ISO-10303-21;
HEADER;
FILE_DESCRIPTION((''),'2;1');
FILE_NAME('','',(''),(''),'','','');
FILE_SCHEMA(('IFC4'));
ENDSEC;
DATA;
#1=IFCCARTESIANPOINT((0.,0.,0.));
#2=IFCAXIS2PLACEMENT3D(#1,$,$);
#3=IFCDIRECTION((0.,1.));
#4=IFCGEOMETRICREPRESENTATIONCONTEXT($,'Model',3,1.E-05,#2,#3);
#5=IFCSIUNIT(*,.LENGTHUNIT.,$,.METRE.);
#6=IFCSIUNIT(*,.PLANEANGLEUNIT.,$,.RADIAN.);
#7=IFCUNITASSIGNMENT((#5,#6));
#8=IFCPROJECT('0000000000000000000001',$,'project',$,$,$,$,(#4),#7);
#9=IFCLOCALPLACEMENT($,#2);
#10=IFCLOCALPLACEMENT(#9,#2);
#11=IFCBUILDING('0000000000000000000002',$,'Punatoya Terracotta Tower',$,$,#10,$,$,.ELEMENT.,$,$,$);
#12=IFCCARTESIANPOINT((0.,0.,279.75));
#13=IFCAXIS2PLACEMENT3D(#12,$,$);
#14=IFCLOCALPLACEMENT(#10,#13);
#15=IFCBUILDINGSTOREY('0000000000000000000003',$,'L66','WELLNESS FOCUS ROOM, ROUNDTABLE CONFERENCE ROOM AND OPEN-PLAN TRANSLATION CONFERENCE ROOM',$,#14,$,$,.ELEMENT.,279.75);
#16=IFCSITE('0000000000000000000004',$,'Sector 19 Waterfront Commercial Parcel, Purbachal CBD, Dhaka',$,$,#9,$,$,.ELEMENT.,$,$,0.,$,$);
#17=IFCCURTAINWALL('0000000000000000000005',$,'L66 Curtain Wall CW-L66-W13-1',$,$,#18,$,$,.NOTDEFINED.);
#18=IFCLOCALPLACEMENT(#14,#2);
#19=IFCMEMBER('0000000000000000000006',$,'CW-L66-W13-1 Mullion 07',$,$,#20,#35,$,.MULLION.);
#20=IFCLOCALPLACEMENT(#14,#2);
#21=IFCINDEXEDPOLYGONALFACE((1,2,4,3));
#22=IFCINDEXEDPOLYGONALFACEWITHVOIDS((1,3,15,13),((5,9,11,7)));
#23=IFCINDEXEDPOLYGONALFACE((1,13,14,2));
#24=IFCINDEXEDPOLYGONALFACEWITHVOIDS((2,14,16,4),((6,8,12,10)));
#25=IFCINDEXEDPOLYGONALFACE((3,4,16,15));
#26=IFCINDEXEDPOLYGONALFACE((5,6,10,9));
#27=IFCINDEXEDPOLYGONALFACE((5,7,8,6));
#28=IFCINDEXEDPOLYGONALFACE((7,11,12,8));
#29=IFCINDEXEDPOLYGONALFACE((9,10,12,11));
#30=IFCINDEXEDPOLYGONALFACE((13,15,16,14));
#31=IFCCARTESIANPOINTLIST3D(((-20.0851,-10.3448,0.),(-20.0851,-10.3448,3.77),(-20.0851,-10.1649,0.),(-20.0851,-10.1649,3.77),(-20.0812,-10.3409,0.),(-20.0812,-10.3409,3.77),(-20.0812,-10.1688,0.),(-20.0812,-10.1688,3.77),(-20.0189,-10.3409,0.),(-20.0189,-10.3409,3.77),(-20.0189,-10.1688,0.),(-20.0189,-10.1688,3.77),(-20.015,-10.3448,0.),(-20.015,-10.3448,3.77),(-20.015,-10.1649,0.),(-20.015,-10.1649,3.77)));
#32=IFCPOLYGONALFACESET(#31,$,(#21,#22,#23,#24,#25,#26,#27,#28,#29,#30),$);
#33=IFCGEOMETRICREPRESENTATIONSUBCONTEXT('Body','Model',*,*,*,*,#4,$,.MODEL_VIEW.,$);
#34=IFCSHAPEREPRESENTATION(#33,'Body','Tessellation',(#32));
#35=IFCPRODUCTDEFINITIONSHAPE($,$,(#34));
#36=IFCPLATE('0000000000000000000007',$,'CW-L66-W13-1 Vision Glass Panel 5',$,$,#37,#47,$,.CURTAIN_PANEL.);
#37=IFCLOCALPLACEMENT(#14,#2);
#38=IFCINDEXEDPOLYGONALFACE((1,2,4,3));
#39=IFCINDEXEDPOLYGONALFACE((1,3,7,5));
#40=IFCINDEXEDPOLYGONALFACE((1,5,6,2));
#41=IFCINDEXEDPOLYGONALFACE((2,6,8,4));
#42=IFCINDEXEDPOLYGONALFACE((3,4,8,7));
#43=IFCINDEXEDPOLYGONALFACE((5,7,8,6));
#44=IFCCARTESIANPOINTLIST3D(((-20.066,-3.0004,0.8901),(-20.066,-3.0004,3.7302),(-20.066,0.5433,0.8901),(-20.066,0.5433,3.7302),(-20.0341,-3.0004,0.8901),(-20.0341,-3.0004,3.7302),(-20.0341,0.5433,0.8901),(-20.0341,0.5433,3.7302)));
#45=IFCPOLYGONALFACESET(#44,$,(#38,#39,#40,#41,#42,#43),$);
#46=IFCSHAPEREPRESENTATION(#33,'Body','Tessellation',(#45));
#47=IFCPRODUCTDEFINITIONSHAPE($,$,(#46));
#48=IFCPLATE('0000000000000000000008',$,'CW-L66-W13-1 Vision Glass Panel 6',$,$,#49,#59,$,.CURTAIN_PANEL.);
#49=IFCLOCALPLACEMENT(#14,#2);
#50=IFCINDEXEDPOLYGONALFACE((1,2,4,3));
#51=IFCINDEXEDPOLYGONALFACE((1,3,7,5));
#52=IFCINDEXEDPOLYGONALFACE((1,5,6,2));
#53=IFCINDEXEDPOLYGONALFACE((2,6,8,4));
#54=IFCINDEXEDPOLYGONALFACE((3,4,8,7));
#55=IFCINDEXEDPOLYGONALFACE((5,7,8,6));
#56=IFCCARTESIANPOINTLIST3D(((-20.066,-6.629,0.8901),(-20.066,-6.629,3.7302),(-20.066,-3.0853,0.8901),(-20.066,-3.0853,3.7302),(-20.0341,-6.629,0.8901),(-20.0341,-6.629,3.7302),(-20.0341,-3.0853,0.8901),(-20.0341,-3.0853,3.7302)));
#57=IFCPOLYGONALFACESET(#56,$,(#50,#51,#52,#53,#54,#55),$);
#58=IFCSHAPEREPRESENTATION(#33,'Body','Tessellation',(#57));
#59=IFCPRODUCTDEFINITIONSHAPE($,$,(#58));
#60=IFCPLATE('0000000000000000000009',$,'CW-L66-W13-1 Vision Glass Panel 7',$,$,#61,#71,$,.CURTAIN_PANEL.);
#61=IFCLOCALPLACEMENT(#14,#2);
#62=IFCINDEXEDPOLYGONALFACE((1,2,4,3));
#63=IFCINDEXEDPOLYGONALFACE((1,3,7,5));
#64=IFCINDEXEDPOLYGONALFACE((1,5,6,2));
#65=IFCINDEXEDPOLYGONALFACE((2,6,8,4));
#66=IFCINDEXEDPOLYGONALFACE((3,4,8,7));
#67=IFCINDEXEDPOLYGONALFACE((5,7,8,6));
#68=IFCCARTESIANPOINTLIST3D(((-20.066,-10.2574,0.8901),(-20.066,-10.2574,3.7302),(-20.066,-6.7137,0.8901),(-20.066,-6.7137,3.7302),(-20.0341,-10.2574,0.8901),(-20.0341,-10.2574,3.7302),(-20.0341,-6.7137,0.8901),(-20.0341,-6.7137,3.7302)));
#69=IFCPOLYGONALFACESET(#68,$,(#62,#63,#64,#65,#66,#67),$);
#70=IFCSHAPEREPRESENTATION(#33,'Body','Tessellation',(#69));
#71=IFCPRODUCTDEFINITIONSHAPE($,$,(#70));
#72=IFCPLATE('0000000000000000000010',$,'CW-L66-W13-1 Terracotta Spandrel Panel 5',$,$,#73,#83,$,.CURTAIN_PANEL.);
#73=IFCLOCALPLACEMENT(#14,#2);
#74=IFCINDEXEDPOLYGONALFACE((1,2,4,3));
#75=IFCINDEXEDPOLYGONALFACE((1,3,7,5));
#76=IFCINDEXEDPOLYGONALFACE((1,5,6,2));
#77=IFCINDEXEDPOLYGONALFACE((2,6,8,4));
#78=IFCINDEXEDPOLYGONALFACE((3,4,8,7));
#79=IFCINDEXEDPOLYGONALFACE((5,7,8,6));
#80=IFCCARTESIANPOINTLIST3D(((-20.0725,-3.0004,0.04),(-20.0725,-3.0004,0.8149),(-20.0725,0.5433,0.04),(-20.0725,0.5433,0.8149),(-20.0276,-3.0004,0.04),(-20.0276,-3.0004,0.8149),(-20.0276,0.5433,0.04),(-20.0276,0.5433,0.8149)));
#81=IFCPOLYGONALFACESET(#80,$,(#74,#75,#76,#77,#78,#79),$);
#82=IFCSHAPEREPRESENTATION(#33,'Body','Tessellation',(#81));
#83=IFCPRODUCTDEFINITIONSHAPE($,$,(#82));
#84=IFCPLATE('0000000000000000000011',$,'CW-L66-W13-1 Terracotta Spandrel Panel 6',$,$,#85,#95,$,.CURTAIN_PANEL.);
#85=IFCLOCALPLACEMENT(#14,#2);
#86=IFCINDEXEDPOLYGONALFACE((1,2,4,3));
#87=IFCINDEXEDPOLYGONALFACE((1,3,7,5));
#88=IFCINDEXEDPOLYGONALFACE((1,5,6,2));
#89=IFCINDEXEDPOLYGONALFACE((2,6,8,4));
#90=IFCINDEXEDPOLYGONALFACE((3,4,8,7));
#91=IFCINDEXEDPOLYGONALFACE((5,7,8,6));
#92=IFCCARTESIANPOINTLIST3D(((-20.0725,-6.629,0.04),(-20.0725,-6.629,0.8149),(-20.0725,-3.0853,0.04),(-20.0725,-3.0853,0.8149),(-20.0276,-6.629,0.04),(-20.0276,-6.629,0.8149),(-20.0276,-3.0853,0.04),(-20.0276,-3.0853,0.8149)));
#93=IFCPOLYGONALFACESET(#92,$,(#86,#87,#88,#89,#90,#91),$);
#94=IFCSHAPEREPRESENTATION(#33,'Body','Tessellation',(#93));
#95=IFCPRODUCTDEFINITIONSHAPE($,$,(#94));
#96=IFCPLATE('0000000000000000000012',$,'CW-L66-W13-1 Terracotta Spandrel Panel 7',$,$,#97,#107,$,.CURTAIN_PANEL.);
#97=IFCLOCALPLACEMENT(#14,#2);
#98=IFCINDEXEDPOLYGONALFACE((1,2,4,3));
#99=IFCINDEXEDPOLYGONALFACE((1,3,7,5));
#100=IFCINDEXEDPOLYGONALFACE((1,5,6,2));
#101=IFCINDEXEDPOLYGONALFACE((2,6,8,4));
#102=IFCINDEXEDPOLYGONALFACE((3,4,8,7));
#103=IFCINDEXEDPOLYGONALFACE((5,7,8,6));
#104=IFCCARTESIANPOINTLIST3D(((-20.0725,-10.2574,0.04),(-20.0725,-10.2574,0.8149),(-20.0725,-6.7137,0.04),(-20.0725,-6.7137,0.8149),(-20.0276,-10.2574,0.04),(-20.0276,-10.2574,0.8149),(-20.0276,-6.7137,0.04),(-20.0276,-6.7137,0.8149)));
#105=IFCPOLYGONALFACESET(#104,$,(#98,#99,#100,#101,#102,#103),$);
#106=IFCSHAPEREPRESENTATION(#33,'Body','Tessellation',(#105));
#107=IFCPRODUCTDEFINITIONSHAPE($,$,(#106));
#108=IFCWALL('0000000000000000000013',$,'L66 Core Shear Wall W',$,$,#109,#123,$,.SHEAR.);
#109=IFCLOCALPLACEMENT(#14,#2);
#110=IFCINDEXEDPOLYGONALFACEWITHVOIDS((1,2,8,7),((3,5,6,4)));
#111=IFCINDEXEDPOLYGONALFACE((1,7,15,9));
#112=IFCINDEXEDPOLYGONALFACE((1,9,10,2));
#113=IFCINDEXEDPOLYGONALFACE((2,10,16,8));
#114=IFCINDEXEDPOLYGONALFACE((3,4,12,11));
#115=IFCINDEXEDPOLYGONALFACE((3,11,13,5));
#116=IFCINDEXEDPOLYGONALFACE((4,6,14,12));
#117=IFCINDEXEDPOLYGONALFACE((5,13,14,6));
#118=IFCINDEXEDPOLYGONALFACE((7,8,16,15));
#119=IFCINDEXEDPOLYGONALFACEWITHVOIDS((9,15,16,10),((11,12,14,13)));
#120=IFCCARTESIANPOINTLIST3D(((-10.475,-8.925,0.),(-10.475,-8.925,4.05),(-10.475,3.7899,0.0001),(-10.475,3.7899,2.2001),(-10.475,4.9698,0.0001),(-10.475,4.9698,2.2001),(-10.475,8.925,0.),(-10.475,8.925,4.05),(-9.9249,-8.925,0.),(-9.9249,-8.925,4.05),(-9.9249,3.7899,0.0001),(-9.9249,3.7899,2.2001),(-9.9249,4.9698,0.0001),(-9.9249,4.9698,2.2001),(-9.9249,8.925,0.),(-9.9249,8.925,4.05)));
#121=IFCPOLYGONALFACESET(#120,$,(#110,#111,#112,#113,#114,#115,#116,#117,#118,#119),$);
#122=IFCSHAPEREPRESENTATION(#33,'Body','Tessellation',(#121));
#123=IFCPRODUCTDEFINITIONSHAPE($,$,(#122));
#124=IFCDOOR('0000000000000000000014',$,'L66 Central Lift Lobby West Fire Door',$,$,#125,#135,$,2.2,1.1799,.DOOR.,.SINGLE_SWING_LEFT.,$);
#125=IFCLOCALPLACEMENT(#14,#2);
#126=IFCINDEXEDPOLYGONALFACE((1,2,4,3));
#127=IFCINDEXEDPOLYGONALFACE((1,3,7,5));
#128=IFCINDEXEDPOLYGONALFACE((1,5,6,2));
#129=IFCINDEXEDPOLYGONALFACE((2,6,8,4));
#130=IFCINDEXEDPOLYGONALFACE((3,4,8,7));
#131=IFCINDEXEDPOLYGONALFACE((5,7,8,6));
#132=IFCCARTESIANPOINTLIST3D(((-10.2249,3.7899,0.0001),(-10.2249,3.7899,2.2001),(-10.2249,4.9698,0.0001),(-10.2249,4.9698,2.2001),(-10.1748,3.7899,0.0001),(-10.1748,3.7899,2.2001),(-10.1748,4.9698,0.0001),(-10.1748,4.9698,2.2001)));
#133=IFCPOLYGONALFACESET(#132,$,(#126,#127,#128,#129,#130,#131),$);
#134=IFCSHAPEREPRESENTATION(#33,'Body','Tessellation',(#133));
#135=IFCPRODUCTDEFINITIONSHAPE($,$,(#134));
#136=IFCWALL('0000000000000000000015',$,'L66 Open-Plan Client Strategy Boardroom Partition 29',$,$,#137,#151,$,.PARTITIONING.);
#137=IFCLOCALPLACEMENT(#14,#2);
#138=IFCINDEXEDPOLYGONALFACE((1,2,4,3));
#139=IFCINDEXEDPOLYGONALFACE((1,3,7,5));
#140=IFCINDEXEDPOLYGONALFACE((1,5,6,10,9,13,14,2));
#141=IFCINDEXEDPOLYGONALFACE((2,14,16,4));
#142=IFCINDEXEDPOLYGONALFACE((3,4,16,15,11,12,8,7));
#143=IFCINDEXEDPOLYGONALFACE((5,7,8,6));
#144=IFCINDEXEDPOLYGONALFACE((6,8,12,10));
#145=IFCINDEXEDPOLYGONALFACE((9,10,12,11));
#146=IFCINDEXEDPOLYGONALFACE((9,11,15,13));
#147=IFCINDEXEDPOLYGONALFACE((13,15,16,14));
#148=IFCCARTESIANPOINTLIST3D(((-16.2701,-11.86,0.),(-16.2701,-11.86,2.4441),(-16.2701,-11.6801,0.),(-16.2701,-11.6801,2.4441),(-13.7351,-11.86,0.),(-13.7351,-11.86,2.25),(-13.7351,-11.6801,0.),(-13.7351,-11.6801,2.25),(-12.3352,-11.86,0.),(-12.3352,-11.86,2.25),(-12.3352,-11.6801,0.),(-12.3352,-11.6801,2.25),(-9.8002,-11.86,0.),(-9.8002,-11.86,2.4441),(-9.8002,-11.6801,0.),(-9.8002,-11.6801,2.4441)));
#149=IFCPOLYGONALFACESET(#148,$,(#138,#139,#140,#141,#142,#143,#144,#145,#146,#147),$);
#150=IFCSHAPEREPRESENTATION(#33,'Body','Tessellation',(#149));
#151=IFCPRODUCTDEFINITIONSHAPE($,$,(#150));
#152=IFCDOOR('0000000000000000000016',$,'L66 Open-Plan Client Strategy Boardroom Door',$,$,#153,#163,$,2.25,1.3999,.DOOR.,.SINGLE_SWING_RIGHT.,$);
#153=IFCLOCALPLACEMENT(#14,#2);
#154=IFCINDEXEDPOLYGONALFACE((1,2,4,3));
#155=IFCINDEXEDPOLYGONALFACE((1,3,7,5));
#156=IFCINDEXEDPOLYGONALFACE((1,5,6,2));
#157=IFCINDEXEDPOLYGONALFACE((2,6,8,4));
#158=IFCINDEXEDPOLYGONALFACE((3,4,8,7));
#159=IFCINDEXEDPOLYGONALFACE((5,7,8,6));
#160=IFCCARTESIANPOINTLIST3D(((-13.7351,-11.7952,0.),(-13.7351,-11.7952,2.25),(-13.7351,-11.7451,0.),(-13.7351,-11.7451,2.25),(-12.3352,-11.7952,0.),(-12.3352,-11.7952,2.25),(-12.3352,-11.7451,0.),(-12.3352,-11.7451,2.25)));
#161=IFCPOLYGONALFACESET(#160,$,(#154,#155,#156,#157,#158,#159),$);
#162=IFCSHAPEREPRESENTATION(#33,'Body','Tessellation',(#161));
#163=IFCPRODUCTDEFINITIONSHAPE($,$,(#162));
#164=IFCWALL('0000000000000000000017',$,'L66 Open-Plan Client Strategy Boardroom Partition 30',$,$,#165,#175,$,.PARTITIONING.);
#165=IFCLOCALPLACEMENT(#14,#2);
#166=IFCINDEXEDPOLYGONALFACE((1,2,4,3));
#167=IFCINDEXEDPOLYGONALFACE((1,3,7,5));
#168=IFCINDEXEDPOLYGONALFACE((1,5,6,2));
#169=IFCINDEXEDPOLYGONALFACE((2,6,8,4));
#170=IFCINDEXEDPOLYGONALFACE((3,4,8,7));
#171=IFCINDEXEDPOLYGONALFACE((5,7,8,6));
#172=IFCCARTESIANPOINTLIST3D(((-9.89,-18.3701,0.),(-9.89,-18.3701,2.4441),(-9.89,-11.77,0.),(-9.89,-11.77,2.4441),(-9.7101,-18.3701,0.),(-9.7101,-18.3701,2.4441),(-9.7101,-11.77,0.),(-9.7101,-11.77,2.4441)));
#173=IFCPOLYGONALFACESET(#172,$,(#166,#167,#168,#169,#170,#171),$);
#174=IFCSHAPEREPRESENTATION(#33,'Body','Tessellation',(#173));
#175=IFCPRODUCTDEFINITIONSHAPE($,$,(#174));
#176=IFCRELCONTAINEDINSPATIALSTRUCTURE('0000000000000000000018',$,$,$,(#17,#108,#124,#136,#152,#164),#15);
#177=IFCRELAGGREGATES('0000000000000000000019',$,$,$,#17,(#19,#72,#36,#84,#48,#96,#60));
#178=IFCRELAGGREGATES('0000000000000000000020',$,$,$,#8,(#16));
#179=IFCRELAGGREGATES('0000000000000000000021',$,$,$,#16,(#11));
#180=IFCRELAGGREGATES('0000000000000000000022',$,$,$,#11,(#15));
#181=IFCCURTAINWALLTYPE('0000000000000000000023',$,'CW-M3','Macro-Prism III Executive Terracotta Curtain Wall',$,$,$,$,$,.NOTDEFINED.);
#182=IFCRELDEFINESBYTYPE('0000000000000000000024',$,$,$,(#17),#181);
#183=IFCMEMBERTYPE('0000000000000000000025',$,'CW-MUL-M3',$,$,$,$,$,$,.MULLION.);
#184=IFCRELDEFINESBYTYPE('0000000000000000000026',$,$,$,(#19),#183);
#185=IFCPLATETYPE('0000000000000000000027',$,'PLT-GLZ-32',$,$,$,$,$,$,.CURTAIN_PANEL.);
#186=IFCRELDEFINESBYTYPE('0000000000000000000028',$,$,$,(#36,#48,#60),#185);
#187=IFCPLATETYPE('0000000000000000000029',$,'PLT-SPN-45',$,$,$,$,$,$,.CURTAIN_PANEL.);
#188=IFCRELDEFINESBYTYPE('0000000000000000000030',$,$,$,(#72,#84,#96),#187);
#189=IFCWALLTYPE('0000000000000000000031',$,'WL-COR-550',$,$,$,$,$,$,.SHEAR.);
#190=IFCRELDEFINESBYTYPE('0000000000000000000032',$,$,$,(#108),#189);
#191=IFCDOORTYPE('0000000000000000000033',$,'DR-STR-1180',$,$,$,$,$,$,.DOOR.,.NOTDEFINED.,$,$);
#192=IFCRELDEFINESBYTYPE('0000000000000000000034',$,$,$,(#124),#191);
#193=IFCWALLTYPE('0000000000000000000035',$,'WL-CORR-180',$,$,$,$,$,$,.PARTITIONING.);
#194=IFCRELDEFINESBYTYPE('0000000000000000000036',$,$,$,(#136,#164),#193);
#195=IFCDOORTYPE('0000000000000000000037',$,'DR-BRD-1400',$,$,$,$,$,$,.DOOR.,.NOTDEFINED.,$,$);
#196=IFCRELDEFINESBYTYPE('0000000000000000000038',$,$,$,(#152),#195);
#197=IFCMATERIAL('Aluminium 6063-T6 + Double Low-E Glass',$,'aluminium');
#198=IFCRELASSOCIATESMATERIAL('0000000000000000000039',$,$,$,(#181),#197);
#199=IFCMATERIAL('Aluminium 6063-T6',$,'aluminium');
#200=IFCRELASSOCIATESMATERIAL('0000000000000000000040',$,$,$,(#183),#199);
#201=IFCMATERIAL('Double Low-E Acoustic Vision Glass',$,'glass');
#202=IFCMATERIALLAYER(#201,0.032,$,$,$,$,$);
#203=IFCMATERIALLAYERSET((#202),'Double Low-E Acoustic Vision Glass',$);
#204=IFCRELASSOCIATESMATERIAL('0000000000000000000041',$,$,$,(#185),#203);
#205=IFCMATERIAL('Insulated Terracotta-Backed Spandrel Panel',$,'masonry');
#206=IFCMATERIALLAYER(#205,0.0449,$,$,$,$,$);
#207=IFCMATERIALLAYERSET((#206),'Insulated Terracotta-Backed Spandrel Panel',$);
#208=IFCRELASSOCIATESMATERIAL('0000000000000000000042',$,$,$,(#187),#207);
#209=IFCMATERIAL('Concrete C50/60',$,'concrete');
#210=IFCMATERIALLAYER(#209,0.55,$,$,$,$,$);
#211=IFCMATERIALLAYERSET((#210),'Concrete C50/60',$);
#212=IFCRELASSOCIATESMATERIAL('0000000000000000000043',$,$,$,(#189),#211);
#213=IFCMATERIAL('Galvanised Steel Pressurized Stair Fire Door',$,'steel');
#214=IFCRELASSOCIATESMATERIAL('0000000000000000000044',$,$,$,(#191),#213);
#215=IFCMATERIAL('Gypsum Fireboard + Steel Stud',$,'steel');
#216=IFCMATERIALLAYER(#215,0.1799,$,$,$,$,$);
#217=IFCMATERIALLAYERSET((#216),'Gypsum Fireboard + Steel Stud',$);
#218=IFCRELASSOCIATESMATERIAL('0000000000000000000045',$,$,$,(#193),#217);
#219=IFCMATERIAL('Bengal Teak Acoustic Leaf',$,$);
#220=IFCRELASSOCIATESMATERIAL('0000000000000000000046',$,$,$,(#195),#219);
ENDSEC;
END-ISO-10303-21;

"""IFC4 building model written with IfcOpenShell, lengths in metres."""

from ifc_helpers import new_model, si_unit, direction, frame, frame_2d, origin, origin_2d, place, context, subcontext, project, spatial, rectangle, hollow_rectangle, extrude, material, layer, layer_set, material_profile, profile_set, type_object, element, fill, aggregate, save


model = new_model("IFC4")

# Units and contexts
model_context = context("Model", 3, precision=1e-05, world=origin(), true_north=direction((0.0, 1.0)))
body_context = subcontext(model_context, "Body", "Model", "MODEL_VIEW")
ifc_project = project(units=[si_unit("LENGTHUNIT", "METRE"), si_unit("PLANEANGLEUNIT", "RADIAN")], contexts=[model_context])

# Site, building, storey
site_placement = place(None, origin())
site = spatial("IfcSite", under=ifc_project, at=site_placement, Name="Sector 19 Waterfront Commercial Parcel, Purbachal CBD, Dhaka", CompositionType="ELEMENT", RefElevation=0.0)
building_placement = place(site_placement, origin())
building = spatial("IfcBuilding", under=site, at=building_placement, Name="Punatoya Terracotta Tower", CompositionType="ELEMENT")
storey_placement = place(building_placement, frame((0.0, 0.0, 279.75)))
storey = spatial("IfcBuildingStorey", under=building, at=storey_placement, Name="L66", Description="WELLNESS FOCUS ROOM, ROUNDTABLE CONFERENCE ROOM AND OPEN-PLAN TRANSLATION CONFERENCE ROOM", CompositionType="ELEMENT", Elevation=279.75)

# Curtain wall, member, plates
ifc_material_1 = material(Name="Aluminium 6063-T6 + Double Low-E Glass", Category="aluminium")
curtain_wall_type = type_object("IfcCurtainWallType", Name="CW-M3", Description="Macro-Prism III Executive Terracotta Curtain Wall", PredefinedType="NOTDEFINED", material=ifc_material_1)
curtain_wall_placement = place(storey_placement, origin())
curtain_wall = element("IfcCurtainWall", 1, at=curtain_wall_placement, inside=storey, type_object=curtain_wall_type, Name="L66 Curtain Wall CW-L66-W13-1", PredefinedType="NOTDEFINED")
ifc_material_2 = material(Name="Aluminium 6063-T6", Category="aluminium")
ifc_material_profile_1 = material_profile(ifc_material_2, hollow_rectangle(XDim=0.0701, YDim=0.1799, WallThickness=0.0039, at=origin_2d()))
ifc_profile_set_1 = profile_set([ifc_material_profile_1], Name="Aluminium 6063-T6")
member_type = type_object("IfcMemberType", Name="CW-MUL-M3", PredefinedType="MULLION", material=ifc_profile_set_1)
member_1_placement = place(storey_placement, frame((-20.05, -10.2549, 0.0), z_axis=(0.0, 0.0, 1.0), x_axis=(1.0, 0.0, 0.0)))
member_1 = element("IfcMember", 2, at=member_1_placement, type_object=member_type, Name="CW-L66-W13-1 Mullion 07", PredefinedType="MULLION", context=body_context, shape_type="SweptSolid", body=[
    extrude(hollow_rectangle(XDim=0.0701, YDim=0.1799, WallThickness=0.0039, at=origin_2d()), origin(), (0.0, 0.0, 1.0), 3.77),
])
ifc_material_3 = material(Name="Double Low-E Acoustic Vision Glass", Category="glass")
ifc_layer_1 = layer(ifc_material_3, 0.032)
ifc_layer_set_1 = layer_set([ifc_layer_1], Name="Double Low-E Acoustic Vision Glass")
plate_type_1 = type_object("IfcPlateType", Name="PLT-GLZ-32", PredefinedType="CURTAIN_PANEL", material=ifc_layer_set_1)
plate_1_placement = place(storey_placement, frame((-20.05, -1.2285, 0.8901), z_axis=(0.0, 0.0, 1.0), x_axis=(0.0, -1.0, 0.0)))
plate_1 = element("IfcPlate", 3, at=plate_1_placement, type_object=plate_type_1, Name="CW-L66-W13-1 Vision Glass Panel 5", PredefinedType="CURTAIN_PANEL", context=body_context, shape_type="SweptSolid", body=[
    extrude(rectangle(XDim=3.5437, YDim=0.032, at=origin_2d()), origin(), (0.0, 0.0, 1.0), 2.8401),
])
plate_2_placement = place(storey_placement, frame((-20.05, -4.8572, 0.8901), z_axis=(0.0, 0.0, 1.0), x_axis=(0.0, -1.0, 0.0)))
plate_2 = element("IfcPlate", 4, at=plate_2_placement, type_object=plate_type_1, Name="CW-L66-W13-1 Vision Glass Panel 6", PredefinedType="CURTAIN_PANEL", context=body_context, shape_type="SweptSolid", body=[
    extrude(rectangle(XDim=3.5437, YDim=0.032, at=origin_2d()), origin(), (0.0, 0.0, 1.0), 2.8401),
])
plate_3_placement = place(storey_placement, frame((-20.05, -8.4856, 0.8901), z_axis=(0.0, 0.0, 1.0), x_axis=(0.0, -1.0, 0.0)))
plate_3 = element("IfcPlate", 5, at=plate_3_placement, type_object=plate_type_1, Name="CW-L66-W13-1 Vision Glass Panel 7", PredefinedType="CURTAIN_PANEL", context=body_context, shape_type="SweptSolid", body=[
    extrude(rectangle(XDim=3.5437, YDim=0.032, at=origin_2d()), origin(), (0.0, 0.0, 1.0), 2.8401),
])
ifc_material_4 = material(Name="Insulated Terracotta-Backed Spandrel Panel", Category="masonry")
ifc_layer_2 = layer(ifc_material_4, 0.0449)
ifc_layer_set_2 = layer_set([ifc_layer_2], Name="Insulated Terracotta-Backed Spandrel Panel")
plate_type_2 = type_object("IfcPlateType", Name="PLT-SPN-45", PredefinedType="CURTAIN_PANEL", material=ifc_layer_set_2)
plate_4_placement = place(storey_placement, frame((-20.05, -1.2285, 0.04), z_axis=(0.0, 0.0, 1.0), x_axis=(0.0, -1.0, 0.0)))
plate_4 = element("IfcPlate", 6, at=plate_4_placement, type_object=plate_type_2, Name="CW-L66-W13-1 Terracotta Spandrel Panel 5", PredefinedType="CURTAIN_PANEL", context=body_context, shape_type="SweptSolid", body=[
    extrude(rectangle(XDim=3.5437, YDim=0.0449, at=origin_2d()), origin(), (0.0, 0.0, 1.0), 0.7749),
])
plate_5_placement = place(storey_placement, frame((-20.05, -4.8572, 0.04), z_axis=(0.0, 0.0, 1.0), x_axis=(0.0, -1.0, 0.0)))
plate_5 = element("IfcPlate", 7, at=plate_5_placement, type_object=plate_type_2, Name="CW-L66-W13-1 Terracotta Spandrel Panel 6", PredefinedType="CURTAIN_PANEL", context=body_context, shape_type="SweptSolid", body=[
    extrude(rectangle(XDim=3.5437, YDim=0.0449, at=origin_2d()), origin(), (0.0, 0.0, 1.0), 0.7749),
])
plate_6_placement = place(storey_placement, frame((-20.05, -8.4856, 0.04), z_axis=(0.0, 0.0, 1.0), x_axis=(0.0, -1.0, 0.0)))
plate_6 = element("IfcPlate", 8, at=plate_6_placement, type_object=plate_type_2, Name="CW-L66-W13-1 Terracotta Spandrel Panel 7", PredefinedType="CURTAIN_PANEL", context=body_context, shape_type="SweptSolid", body=[
    extrude(rectangle(XDim=3.5437, YDim=0.0449, at=origin_2d()), origin(), (0.0, 0.0, 1.0), 0.7749),
])
aggregate(curtain_wall, [member_1, plate_4, plate_1, plate_5, plate_2, plate_6, plate_3])

# Walls, openings, doors
ifc_material_5 = material(Name="Concrete C50/60", Category="concrete")
ifc_layer_3 = layer(ifc_material_5, 0.55)
ifc_layer_set_3 = layer_set([ifc_layer_3], Name="Concrete C50/60")
wall_type_1 = type_object("IfcWallType", Name="WL-COR-550", PredefinedType="SHEAR", material=ifc_layer_set_3)
wall_1_placement = place(storey_placement, frame((-10.2, -8.925, 0.0), z_axis=(0.0, 0.0, 1.0), x_axis=(0.0, 1.0, 0.0)))
wall_1 = element("IfcWall", 9, at=wall_1_placement, inside=storey, type_object=wall_type_1, Name="L66 Core Shear Wall W", PredefinedType="SHEAR", context=body_context, shape_type="SweptSolid", body=[
    extrude(rectangle(XDim=17.8501, YDim=0.55, at=frame_2d((8.925, 0.0))), origin(), (0.0, 0.0, 1.0), 4.05),
])
opening_1_placement = place(wall_1_placement, frame((12.7151, 0.0, 0.0)))
opening_1 = element("IfcOpeningElement", 10, at=opening_1_placement, cuts=wall_1, PredefinedType="OPENING", context=body_context, shape_type="SweptSolid", body=[
    extrude(rectangle(XDim=1.1799, YDim=2.2, at=frame_2d((0.5898, 1.1001))), frame((0.0, 0.2849, 0.0), z_axis=(0.0, -1.0, 0.0), x_axis=(1.0, 0.0, 0.0)), (0.0, 0.0, 1.0), 0.5701),
])
ifc_material_6 = material(Name="Galvanised Steel Pressurized Stair Fire Door", Category="steel")
door_type_1 = type_object("IfcDoorType", Name="DR-STR-1180", OperationType="NOTDEFINED", PredefinedType="DOOR", material=ifc_material_6)
door_1_placement = place(opening_1_placement, origin())
door_1 = element("IfcDoor", 11, at=door_1_placement, inside=storey, type_object=door_type_1, Name="L66 Central Lift Lobby West Fire Door", OperationType="SINGLE_SWING_LEFT", OverallHeight=2.2, OverallWidth=1.1799, PredefinedType="DOOR", context=body_context, shape_type="SweptSolid", body=[
    extrude(rectangle(XDim=1.1799, YDim=2.2, at=frame_2d((0.5898, 1.1001))), frame((0.0, 0.0249, 0.0), z_axis=(0.0, -1.0, 0.0), x_axis=(1.0, 0.0, 0.0)), (0.0, 0.0, 1.0), 0.05),
])
fill(opening_1, door_1)
ifc_material_7 = material(Name="Gypsum Fireboard + Steel Stud", Category="steel")
ifc_layer_4 = layer(ifc_material_7, 0.1799)
ifc_layer_set_4 = layer_set([ifc_layer_4], Name="Gypsum Fireboard + Steel Stud")
wall_type_2 = type_object("IfcWallType", Name="WL-CORR-180", PredefinedType="PARTITIONING", material=ifc_layer_set_4)
wall_2_placement = place(storey_placement, frame((-16.27, -11.77, 0.0), z_axis=(0.0, 0.0, 1.0), x_axis=(1.0, 0.0, 0.0)))
wall_2 = element("IfcWall", 12, at=wall_2_placement, inside=storey, type_object=wall_type_2, Name="L66 Open-Plan Client Strategy Boardroom Partition 29", PredefinedType="PARTITIONING", context=body_context, shape_type="SweptSolid", body=[
    extrude(rectangle(XDim=6.47, YDim=0.1799, at=frame_2d((3.2349, 0.0))), origin(), (0.0, 0.0, 1.0), 2.4441),
])
opening_2_placement = place(wall_2_placement, frame((2.5349, 0.0, 0.0)))
opening_2 = element("IfcOpeningElement", 13, at=opening_2_placement, cuts=wall_2, PredefinedType="OPENING", context=body_context, shape_type="SweptSolid", body=[
    extrude(rectangle(XDim=1.3999, YDim=2.25, at=frame_2d((0.7, 1.125))), frame((0.0, 0.0999, 0.0), z_axis=(0.0, -1.0, 0.0), x_axis=(1.0, 0.0, 0.0)), (0.0, 0.0, 1.0), 0.2),
])
ifc_material_8 = material(Name="Bengal Teak Acoustic Leaf")
door_type_2 = type_object("IfcDoorType", Name="DR-BRD-1400", OperationType="NOTDEFINED", PredefinedType="DOOR", material=ifc_material_8)
door_2_placement = place(opening_2_placement, origin())
door_2 = element("IfcDoor", 14, at=door_2_placement, inside=storey, type_object=door_type_2, Name="L66 Open-Plan Client Strategy Boardroom Door", OperationType="SINGLE_SWING_RIGHT", OverallHeight=2.25, OverallWidth=1.3999, PredefinedType="DOOR", context=body_context, shape_type="SweptSolid", body=[
    extrude(rectangle(XDim=1.3999, YDim=2.25, at=frame_2d((0.7, 1.125))), frame((0.0, 0.0249, 0.0), z_axis=(0.0, -1.0, 0.0), x_axis=(1.0, 0.0, 0.0)), (0.0, 0.0, 1.0), 0.05),
])
fill(opening_2, door_2)

# Wall
wall_3_placement = place(storey_placement, frame((-9.8, -11.77, 0.0), z_axis=(0.0, 0.0, 1.0), x_axis=(0.0, -1.0, 0.0)))
element("IfcWall", 15, at=wall_3_placement, inside=storey, type_object=wall_type_2, Name="L66 Open-Plan Client Strategy Boardroom Partition 30", PredefinedType="PARTITIONING", context=body_context, shape_type="SweptSolid", body=[
    extrude(rectangle(XDim=6.6001, YDim=0.1799, at=frame_2d((3.3, 0.0))), origin(), (0.0, 0.0, 1.0), 2.4441),
])

save(model, "model.ifc")
